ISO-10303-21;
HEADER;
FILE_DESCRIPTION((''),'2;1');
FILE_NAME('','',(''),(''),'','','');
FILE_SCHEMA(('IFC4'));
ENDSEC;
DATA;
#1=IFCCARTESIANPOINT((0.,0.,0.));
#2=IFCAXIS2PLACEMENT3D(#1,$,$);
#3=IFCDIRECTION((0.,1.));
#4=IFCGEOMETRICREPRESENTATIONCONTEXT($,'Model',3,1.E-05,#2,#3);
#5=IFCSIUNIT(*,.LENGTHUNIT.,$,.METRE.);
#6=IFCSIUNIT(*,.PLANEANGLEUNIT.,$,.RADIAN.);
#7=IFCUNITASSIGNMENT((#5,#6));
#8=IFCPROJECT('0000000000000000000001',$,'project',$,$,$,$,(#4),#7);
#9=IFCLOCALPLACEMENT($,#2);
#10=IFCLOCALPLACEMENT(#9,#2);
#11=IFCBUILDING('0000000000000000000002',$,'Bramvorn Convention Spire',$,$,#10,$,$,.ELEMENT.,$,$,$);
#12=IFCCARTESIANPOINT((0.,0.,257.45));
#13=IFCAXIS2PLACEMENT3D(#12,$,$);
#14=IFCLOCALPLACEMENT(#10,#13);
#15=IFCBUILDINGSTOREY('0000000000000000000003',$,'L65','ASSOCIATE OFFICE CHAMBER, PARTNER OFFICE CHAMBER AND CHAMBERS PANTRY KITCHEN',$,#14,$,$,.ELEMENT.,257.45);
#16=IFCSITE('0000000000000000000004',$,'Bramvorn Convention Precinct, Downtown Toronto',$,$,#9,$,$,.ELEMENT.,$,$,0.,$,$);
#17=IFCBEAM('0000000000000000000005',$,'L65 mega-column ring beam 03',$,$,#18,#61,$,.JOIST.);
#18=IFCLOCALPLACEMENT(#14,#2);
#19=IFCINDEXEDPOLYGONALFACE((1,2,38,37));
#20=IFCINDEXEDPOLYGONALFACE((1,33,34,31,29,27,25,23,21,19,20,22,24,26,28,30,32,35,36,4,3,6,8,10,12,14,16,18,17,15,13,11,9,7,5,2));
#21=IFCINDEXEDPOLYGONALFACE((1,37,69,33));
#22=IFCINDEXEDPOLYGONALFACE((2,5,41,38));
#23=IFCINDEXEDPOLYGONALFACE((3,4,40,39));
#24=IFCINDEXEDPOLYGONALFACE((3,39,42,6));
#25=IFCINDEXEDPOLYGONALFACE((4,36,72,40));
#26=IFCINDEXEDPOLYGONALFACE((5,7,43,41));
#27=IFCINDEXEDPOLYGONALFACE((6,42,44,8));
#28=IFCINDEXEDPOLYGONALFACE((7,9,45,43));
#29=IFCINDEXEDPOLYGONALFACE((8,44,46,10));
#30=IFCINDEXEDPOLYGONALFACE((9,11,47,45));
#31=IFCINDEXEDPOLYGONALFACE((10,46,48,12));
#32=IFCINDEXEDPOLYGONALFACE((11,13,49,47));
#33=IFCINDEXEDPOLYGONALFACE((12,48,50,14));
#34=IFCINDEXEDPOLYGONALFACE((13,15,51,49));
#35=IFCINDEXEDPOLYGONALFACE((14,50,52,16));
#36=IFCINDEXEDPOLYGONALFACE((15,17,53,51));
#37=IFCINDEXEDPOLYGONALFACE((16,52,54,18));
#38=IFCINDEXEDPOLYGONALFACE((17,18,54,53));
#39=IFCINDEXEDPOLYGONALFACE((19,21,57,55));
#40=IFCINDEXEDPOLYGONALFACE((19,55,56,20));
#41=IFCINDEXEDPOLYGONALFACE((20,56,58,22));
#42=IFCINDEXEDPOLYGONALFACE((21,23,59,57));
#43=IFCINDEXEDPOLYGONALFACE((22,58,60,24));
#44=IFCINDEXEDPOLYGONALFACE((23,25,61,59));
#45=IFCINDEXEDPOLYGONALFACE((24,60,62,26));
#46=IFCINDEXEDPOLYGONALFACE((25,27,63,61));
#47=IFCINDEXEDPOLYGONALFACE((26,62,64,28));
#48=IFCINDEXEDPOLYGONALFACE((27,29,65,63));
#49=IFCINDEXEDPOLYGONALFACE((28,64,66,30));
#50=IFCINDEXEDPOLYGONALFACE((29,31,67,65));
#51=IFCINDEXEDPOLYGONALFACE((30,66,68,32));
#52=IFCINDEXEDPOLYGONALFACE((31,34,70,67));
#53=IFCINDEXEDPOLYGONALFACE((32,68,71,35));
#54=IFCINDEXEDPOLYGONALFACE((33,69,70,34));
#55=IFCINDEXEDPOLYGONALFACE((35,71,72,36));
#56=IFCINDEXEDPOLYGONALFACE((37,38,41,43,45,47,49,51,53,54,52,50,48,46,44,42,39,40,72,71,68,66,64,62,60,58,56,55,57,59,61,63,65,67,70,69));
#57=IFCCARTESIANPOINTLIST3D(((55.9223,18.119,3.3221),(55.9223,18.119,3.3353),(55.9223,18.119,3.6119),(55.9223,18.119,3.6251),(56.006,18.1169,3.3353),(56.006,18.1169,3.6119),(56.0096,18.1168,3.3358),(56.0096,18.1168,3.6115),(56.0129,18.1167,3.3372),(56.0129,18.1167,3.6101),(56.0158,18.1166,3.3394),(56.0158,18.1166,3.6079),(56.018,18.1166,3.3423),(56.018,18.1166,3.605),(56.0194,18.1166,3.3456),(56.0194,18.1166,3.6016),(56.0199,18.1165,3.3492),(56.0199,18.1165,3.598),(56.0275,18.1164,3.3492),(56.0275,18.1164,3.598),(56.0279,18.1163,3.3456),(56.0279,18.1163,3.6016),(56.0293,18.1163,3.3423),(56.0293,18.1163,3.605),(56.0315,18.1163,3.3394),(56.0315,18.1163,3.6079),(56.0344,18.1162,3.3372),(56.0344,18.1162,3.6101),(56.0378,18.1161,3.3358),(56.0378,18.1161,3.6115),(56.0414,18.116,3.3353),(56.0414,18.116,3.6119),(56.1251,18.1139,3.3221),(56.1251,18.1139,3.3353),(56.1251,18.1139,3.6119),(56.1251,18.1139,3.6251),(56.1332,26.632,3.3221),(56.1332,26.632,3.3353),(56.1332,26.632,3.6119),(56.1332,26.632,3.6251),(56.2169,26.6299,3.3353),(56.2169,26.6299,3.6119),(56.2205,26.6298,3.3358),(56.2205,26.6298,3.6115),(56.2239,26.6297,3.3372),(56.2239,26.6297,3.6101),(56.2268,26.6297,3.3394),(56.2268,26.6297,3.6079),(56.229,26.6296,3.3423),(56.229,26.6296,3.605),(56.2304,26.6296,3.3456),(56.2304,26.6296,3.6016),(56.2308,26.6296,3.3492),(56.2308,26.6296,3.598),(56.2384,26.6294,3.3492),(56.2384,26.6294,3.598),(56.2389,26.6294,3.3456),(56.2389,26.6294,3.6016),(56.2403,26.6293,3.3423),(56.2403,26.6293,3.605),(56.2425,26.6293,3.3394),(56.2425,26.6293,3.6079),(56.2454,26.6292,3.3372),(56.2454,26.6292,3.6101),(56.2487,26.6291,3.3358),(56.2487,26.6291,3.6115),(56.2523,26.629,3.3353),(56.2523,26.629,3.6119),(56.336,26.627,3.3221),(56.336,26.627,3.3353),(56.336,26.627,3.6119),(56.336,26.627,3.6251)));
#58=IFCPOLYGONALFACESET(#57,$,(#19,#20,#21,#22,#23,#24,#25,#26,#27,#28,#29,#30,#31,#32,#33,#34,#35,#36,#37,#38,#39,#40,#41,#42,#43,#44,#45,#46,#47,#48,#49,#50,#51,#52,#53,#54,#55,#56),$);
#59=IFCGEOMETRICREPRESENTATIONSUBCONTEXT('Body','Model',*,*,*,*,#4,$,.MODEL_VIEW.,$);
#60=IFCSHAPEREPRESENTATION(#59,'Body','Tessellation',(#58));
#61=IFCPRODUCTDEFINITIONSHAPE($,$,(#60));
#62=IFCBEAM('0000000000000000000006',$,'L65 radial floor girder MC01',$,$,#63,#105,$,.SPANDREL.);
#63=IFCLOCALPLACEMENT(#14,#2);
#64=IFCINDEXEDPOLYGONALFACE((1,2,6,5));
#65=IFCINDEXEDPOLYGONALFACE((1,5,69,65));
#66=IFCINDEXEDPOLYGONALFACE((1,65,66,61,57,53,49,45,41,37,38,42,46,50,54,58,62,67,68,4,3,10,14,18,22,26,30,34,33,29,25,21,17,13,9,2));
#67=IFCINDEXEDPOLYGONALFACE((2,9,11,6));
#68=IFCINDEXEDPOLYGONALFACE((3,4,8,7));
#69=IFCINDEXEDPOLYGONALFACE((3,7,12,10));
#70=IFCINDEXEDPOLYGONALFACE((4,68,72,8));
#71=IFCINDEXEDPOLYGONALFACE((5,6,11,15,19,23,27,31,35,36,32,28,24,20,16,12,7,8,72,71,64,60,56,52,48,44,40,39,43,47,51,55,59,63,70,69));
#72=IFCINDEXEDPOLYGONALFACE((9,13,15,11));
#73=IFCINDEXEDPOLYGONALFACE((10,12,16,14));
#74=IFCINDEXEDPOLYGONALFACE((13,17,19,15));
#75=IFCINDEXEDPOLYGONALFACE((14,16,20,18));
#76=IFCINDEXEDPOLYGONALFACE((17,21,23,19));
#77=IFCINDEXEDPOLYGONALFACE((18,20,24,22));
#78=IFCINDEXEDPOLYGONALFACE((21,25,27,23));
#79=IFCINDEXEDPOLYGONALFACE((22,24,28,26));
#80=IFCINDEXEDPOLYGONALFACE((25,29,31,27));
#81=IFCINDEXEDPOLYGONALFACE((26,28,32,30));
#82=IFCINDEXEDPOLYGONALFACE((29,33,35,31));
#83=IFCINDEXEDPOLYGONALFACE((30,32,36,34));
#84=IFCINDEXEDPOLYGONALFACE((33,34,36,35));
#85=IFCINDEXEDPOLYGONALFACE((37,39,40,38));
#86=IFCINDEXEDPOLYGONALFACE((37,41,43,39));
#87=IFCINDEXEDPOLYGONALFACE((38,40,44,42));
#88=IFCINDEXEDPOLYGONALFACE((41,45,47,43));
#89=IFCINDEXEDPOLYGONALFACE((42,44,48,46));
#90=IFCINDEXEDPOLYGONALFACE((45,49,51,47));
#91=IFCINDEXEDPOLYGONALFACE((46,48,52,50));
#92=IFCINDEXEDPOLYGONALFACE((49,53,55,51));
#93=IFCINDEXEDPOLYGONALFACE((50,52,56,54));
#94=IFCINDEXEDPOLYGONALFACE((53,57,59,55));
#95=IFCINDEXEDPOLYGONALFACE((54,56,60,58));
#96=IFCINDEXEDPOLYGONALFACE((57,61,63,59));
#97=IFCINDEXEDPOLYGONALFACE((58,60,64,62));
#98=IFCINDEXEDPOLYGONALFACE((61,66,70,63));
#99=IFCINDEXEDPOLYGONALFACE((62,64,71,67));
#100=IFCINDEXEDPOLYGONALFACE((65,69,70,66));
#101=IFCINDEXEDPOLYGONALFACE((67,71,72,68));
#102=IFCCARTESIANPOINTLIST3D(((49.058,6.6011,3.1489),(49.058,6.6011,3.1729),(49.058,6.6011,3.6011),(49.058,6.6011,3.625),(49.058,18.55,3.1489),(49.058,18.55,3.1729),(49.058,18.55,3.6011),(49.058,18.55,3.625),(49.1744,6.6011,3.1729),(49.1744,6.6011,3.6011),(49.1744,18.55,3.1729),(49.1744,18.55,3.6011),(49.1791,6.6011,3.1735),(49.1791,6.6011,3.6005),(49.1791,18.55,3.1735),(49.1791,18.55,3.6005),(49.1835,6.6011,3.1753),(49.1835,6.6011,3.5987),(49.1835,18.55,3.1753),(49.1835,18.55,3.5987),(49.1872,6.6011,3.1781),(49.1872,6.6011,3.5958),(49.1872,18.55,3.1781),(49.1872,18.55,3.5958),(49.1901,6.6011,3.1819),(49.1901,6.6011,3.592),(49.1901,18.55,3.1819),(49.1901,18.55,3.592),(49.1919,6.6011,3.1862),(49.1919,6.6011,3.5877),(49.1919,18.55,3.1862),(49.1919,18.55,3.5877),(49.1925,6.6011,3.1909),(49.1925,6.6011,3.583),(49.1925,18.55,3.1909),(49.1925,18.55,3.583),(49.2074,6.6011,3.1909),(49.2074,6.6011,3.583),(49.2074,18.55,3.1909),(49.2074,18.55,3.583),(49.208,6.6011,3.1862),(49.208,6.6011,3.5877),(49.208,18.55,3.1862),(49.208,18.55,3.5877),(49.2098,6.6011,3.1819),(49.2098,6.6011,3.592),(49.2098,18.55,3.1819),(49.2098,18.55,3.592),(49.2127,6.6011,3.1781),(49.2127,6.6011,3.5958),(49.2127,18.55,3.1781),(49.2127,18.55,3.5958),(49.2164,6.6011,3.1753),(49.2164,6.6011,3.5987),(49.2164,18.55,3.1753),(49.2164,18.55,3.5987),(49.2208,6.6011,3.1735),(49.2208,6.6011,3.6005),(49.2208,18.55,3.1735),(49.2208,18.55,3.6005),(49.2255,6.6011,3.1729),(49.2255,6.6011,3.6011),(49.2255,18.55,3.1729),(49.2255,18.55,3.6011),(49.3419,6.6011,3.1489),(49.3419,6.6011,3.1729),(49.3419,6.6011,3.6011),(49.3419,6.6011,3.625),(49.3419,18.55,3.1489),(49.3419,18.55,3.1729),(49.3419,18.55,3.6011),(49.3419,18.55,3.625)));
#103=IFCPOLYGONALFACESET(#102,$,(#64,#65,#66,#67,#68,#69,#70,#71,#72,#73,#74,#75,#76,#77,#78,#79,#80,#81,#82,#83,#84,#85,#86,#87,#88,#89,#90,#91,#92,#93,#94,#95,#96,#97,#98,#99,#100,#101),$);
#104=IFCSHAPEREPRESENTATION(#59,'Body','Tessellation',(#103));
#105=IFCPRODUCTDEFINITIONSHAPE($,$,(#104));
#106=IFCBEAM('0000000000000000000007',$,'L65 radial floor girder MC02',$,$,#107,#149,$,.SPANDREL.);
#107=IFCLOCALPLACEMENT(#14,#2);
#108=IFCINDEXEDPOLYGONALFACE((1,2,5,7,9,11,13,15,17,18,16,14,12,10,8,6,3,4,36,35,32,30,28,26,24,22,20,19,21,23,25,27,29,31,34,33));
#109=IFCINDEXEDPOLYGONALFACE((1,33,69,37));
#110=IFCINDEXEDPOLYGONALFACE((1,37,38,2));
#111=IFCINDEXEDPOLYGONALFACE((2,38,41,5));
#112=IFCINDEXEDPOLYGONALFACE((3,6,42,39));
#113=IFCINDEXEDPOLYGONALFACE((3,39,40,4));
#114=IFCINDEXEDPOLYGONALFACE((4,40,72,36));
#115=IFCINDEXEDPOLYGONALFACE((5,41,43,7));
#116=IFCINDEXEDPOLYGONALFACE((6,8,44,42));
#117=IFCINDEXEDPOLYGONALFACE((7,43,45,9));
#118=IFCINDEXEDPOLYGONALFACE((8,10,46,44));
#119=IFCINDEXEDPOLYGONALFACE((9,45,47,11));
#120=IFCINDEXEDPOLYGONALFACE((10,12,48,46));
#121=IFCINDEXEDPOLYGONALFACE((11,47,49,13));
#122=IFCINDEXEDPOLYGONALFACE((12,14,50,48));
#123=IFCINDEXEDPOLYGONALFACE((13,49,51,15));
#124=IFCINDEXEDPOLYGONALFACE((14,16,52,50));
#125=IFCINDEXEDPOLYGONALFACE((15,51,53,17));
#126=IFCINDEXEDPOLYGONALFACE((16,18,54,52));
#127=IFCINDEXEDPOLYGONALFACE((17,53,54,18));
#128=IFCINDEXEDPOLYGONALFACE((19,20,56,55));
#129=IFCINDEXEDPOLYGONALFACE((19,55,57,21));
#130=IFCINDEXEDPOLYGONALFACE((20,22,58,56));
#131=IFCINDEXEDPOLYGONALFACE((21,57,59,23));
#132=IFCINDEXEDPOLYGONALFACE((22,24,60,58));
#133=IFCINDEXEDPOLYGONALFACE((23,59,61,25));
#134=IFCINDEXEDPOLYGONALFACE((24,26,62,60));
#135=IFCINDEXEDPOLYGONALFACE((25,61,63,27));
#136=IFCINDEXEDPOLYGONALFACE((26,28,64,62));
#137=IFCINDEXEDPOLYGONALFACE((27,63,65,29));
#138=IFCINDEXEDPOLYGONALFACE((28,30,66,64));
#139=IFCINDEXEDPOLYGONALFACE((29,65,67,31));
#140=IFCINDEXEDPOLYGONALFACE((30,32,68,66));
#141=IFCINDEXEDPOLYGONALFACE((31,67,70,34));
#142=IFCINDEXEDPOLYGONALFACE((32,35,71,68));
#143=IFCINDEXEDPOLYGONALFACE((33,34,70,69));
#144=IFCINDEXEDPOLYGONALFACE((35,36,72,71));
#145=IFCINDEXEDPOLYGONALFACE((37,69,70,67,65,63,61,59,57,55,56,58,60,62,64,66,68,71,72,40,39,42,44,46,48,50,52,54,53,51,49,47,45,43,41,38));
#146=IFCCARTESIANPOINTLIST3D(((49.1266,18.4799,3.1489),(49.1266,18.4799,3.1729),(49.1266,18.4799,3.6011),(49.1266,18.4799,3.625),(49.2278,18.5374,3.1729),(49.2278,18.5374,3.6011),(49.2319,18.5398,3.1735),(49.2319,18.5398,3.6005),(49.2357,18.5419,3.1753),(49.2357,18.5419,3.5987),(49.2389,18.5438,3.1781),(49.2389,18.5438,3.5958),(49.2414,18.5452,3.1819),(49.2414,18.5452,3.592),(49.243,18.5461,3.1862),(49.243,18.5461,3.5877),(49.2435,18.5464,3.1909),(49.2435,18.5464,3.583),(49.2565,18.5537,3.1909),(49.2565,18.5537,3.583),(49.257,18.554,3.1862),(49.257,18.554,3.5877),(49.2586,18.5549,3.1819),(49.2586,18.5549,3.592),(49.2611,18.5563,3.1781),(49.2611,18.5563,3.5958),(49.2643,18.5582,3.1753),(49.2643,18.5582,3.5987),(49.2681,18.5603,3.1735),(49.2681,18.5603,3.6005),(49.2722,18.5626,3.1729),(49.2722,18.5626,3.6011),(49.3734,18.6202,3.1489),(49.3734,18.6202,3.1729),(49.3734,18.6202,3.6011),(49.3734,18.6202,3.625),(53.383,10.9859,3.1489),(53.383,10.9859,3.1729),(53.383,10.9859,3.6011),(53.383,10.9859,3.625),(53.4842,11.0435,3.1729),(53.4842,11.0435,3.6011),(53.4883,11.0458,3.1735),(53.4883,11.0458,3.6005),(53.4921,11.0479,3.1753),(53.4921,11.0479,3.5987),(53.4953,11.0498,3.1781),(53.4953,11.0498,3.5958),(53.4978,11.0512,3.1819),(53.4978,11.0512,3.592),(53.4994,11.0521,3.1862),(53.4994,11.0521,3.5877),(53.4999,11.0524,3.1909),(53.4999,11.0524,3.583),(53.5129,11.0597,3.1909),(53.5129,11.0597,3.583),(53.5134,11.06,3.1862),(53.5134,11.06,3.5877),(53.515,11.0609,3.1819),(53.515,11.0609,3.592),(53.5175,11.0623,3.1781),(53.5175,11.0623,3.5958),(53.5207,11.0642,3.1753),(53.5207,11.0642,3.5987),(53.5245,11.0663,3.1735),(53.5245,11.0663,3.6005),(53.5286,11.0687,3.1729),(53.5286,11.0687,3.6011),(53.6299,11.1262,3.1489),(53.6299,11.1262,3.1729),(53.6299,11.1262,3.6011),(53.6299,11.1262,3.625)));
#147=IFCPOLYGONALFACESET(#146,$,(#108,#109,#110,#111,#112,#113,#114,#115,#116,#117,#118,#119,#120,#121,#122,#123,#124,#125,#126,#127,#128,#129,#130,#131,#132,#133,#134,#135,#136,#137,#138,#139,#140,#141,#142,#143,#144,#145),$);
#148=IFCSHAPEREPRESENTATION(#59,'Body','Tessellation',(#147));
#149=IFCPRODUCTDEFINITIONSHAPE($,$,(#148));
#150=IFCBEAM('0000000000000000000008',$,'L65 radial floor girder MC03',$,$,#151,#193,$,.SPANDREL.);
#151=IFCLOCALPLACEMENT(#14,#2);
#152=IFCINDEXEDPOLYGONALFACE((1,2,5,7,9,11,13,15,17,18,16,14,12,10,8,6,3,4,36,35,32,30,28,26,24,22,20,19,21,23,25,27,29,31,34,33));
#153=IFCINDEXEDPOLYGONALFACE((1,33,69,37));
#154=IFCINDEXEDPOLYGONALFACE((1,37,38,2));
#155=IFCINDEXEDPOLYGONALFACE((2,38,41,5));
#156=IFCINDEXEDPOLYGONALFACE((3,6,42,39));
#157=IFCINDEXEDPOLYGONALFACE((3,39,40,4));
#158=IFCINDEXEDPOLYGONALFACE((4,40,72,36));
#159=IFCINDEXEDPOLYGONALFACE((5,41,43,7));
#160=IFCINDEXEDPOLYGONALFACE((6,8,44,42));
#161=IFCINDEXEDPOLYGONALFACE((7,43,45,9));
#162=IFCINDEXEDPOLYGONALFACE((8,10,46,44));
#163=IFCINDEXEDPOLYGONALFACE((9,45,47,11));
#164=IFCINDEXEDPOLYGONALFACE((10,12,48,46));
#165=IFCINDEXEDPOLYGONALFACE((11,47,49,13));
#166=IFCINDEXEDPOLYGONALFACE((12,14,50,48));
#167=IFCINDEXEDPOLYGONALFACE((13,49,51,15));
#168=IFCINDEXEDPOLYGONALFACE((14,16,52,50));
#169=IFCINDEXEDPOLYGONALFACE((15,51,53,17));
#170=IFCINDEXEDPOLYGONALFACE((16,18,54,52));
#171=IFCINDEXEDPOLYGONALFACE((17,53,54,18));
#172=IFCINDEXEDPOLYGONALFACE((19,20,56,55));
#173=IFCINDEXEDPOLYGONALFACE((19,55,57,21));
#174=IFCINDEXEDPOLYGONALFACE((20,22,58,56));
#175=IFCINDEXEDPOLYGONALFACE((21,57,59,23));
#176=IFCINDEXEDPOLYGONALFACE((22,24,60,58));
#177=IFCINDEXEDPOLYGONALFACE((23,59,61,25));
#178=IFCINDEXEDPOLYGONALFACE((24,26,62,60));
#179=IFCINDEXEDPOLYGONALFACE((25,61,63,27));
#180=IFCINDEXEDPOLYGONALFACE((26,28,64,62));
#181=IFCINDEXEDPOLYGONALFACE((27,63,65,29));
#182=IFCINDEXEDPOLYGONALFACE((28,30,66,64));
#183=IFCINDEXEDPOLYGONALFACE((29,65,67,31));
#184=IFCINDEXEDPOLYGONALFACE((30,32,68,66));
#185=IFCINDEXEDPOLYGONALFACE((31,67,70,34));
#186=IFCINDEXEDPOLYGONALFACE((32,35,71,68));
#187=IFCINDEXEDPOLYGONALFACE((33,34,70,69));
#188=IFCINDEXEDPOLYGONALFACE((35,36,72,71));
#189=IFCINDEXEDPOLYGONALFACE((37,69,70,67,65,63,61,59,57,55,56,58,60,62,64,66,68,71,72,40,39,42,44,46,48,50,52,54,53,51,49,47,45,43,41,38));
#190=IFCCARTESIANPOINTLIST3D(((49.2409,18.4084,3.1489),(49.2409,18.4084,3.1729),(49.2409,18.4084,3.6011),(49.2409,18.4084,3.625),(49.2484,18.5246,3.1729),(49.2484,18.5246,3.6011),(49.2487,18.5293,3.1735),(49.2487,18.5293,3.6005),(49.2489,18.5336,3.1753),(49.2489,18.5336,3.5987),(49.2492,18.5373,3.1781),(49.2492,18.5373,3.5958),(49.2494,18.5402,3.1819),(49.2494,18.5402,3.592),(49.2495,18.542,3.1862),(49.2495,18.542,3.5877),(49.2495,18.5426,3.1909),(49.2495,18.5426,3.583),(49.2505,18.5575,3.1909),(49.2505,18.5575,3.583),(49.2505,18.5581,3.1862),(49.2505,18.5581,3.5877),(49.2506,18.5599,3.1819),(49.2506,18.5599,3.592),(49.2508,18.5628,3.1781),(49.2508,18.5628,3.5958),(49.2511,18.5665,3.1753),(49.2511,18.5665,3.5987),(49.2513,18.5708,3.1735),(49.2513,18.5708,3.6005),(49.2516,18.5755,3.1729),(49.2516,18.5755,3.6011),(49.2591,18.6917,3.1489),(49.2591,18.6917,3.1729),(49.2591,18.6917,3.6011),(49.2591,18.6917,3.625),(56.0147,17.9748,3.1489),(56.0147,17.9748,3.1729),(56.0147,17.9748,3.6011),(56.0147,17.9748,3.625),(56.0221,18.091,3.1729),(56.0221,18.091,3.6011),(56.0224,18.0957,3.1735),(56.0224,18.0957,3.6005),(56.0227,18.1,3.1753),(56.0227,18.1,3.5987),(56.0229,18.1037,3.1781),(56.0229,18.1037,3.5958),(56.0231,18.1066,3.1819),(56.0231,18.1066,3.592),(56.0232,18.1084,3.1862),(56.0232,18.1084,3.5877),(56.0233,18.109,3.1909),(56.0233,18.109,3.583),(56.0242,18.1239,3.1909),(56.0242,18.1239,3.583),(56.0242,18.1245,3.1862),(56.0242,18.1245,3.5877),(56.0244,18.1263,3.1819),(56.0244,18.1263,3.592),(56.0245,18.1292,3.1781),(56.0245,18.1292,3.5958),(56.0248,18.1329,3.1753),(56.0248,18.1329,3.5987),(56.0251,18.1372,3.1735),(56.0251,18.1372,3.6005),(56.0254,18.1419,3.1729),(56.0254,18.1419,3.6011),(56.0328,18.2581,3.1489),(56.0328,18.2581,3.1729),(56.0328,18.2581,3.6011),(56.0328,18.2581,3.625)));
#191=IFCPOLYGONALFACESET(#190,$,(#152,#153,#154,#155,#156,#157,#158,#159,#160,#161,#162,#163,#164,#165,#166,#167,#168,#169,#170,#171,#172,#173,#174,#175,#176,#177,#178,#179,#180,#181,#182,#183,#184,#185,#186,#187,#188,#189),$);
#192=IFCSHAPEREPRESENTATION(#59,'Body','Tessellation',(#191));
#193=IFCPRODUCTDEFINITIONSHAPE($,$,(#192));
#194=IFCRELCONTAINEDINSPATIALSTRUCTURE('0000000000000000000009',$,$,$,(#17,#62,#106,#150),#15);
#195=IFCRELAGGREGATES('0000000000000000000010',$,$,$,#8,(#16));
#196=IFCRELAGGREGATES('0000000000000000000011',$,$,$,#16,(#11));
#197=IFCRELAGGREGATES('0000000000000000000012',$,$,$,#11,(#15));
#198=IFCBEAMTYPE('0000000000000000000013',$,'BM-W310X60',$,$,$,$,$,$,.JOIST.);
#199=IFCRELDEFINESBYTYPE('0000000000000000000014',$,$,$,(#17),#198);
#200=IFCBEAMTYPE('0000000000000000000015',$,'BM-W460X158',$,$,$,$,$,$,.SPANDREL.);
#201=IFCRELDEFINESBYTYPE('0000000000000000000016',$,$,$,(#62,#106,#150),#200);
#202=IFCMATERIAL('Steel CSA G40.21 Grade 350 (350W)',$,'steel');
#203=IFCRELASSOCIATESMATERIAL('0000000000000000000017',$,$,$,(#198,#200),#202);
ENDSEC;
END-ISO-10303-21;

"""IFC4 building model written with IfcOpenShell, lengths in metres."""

from ifc_helpers import new_model, si_unit, direction, frame, origin, origin_2d, place, context, subcontext, project, spatial, i_section, extrude, material, material_profile, profile_set, type_object, element, save


model = new_model("IFC4")

# Units and contexts
model_context = context("Model", 3, precision=1e-05, world=origin(), true_north=direction((0.0, 1.0)))
body_context = subcontext(model_context, "Body", "Model", "MODEL_VIEW")
ifc_project = project(units=[si_unit("LENGTHUNIT", "METRE"), si_unit("PLANEANGLEUNIT", "RADIAN")], contexts=[model_context])

# Site, building, storey
site_placement = place(None, origin())
site = spatial("IfcSite", under=ifc_project, at=site_placement, Name="Bramvorn Convention Precinct, Downtown Toronto", CompositionType="ELEMENT", RefElevation=0.0)
building_placement = place(site_placement, origin())
building = spatial("IfcBuilding", under=site, at=building_placement, Name="Bramvorn Convention Spire", CompositionType="ELEMENT")
storey_placement = place(building_placement, frame((0.0, 0.0, 257.45)))
storey = spatial("IfcBuildingStorey", under=building, at=storey_placement, Name="L65", Description="ASSOCIATE OFFICE CHAMBER, PARTNER OFFICE CHAMBER AND CHAMBERS PANTRY KITCHEN", CompositionType="ELEMENT", Elevation=257.45)

# Shared definitions
ifc_material_1 = material(Name="Steel CSA G40.21 Grade 350 (350W)", Category="steel")

# Beams
ifc_material_profile_1 = material_profile(ifc_material_1, i_section(OverallWidth=0.2029, OverallDepth=0.303, WebThickness=0.0076, FlangeThickness=0.0132, FilletRadius=0.0139, at=origin_2d()))
ifc_profile_set_1 = profile_set([ifc_material_profile_1], Name="Steel CSA G40.21 Grade 350 (350W) - W310X60")
beam_type_1 = type_object("IfcBeamType", Name="BM-W310X60", PredefinedType="JOIST", material=ifc_profile_set_1)
beam_1_placement = place(storey_placement, frame((56.0237, 18.1165, 3.4736), z_axis=(0.024771, 0.999693, 0.0), x_axis=(-0.999693, 0.024771, 0.0)))
element("IfcBeam", 1, at=beam_1_placement, inside=storey, type_object=beam_type_1, Name="L65 mega-column ring beam 03", PredefinedType="JOIST", context=body_context, shape_type="SweptSolid", body=[
    extrude(i_section(OverallWidth=0.2029, OverallDepth=0.303, WebThickness=0.0076, FlangeThickness=0.0132, FilletRadius=0.0139, at=origin_2d()), origin(), (0.0, 0.0, 1.0), 8.5156),
])
ifc_material_profile_2 = material_profile(ifc_material_1, i_section(OverallWidth=0.2839, OverallDepth=0.4761, WebThickness=0.0149, FlangeThickness=0.0239, FilletRadius=0.0181, at=origin_2d()))
ifc_profile_set_2 = profile_set([ifc_material_profile_2], Name="Steel CSA G40.21 Grade 350 (350W) - W460X158")
beam_type_2 = type_object("IfcBeamType", Name="BM-W460X158", PredefinedType="SPANDREL", material=ifc_profile_set_2)
beam_2_placement = place(storey_placement, frame((49.2, 18.55, 3.387), z_axis=(0.0, -1.0, 0.0), x_axis=(1.0, 0.0, 0.0)))
element("IfcBeam", 2, at=beam_2_placement, inside=storey, type_object=beam_type_2, Name="L65 radial floor girder MC01", PredefinedType="SPANDREL", context=body_context, shape_type="SweptSolid", body=[
    extrude(i_section(OverallWidth=0.2839, OverallDepth=0.4761, WebThickness=0.0149, FlangeThickness=0.0239, FilletRadius=0.0181, at=origin_2d()), origin(), (0.0, 0.0, 1.0), 11.949),
])
beam_3_placement = place(storey_placement, frame((49.25, 18.55, 3.387), z_axis=(0.493874, -0.869534, 0.0), x_axis=(0.869534, 0.493874, 0.0)))
element("IfcBeam", 3, at=beam_3_placement, inside=storey, type_object=beam_type_2, Name="L65 radial floor girder MC02", PredefinedType="SPANDREL", context=body_context, shape_type="SweptSolid", body=[
    extrude(i_section(OverallWidth=0.2839, OverallDepth=0.4761, WebThickness=0.0149, FlangeThickness=0.0239, FilletRadius=0.0181, at=origin_2d()), origin(), (0.0, 0.0, 1.0), 8.6184),
])
beam_4_placement = place(storey_placement, frame((49.25, 18.55, 3.387), z_axis=(0.997958, -0.063881, 0.0), x_axis=(0.063881, 0.997958, 0.0)))
element("IfcBeam", 4, at=beam_4_placement, inside=storey, type_object=beam_type_2, Name="L65 radial floor girder MC03", PredefinedType="SPANDREL", context=body_context, shape_type="SweptSolid", body=[
    extrude(i_section(OverallWidth=0.2839, OverallDepth=0.4761, WebThickness=0.0149, FlangeThickness=0.0239, FilletRadius=0.0181, at=origin_2d()), origin(), (0.0, 0.0, 1.0), 6.7876),
])

save(model, "model.ifc")
